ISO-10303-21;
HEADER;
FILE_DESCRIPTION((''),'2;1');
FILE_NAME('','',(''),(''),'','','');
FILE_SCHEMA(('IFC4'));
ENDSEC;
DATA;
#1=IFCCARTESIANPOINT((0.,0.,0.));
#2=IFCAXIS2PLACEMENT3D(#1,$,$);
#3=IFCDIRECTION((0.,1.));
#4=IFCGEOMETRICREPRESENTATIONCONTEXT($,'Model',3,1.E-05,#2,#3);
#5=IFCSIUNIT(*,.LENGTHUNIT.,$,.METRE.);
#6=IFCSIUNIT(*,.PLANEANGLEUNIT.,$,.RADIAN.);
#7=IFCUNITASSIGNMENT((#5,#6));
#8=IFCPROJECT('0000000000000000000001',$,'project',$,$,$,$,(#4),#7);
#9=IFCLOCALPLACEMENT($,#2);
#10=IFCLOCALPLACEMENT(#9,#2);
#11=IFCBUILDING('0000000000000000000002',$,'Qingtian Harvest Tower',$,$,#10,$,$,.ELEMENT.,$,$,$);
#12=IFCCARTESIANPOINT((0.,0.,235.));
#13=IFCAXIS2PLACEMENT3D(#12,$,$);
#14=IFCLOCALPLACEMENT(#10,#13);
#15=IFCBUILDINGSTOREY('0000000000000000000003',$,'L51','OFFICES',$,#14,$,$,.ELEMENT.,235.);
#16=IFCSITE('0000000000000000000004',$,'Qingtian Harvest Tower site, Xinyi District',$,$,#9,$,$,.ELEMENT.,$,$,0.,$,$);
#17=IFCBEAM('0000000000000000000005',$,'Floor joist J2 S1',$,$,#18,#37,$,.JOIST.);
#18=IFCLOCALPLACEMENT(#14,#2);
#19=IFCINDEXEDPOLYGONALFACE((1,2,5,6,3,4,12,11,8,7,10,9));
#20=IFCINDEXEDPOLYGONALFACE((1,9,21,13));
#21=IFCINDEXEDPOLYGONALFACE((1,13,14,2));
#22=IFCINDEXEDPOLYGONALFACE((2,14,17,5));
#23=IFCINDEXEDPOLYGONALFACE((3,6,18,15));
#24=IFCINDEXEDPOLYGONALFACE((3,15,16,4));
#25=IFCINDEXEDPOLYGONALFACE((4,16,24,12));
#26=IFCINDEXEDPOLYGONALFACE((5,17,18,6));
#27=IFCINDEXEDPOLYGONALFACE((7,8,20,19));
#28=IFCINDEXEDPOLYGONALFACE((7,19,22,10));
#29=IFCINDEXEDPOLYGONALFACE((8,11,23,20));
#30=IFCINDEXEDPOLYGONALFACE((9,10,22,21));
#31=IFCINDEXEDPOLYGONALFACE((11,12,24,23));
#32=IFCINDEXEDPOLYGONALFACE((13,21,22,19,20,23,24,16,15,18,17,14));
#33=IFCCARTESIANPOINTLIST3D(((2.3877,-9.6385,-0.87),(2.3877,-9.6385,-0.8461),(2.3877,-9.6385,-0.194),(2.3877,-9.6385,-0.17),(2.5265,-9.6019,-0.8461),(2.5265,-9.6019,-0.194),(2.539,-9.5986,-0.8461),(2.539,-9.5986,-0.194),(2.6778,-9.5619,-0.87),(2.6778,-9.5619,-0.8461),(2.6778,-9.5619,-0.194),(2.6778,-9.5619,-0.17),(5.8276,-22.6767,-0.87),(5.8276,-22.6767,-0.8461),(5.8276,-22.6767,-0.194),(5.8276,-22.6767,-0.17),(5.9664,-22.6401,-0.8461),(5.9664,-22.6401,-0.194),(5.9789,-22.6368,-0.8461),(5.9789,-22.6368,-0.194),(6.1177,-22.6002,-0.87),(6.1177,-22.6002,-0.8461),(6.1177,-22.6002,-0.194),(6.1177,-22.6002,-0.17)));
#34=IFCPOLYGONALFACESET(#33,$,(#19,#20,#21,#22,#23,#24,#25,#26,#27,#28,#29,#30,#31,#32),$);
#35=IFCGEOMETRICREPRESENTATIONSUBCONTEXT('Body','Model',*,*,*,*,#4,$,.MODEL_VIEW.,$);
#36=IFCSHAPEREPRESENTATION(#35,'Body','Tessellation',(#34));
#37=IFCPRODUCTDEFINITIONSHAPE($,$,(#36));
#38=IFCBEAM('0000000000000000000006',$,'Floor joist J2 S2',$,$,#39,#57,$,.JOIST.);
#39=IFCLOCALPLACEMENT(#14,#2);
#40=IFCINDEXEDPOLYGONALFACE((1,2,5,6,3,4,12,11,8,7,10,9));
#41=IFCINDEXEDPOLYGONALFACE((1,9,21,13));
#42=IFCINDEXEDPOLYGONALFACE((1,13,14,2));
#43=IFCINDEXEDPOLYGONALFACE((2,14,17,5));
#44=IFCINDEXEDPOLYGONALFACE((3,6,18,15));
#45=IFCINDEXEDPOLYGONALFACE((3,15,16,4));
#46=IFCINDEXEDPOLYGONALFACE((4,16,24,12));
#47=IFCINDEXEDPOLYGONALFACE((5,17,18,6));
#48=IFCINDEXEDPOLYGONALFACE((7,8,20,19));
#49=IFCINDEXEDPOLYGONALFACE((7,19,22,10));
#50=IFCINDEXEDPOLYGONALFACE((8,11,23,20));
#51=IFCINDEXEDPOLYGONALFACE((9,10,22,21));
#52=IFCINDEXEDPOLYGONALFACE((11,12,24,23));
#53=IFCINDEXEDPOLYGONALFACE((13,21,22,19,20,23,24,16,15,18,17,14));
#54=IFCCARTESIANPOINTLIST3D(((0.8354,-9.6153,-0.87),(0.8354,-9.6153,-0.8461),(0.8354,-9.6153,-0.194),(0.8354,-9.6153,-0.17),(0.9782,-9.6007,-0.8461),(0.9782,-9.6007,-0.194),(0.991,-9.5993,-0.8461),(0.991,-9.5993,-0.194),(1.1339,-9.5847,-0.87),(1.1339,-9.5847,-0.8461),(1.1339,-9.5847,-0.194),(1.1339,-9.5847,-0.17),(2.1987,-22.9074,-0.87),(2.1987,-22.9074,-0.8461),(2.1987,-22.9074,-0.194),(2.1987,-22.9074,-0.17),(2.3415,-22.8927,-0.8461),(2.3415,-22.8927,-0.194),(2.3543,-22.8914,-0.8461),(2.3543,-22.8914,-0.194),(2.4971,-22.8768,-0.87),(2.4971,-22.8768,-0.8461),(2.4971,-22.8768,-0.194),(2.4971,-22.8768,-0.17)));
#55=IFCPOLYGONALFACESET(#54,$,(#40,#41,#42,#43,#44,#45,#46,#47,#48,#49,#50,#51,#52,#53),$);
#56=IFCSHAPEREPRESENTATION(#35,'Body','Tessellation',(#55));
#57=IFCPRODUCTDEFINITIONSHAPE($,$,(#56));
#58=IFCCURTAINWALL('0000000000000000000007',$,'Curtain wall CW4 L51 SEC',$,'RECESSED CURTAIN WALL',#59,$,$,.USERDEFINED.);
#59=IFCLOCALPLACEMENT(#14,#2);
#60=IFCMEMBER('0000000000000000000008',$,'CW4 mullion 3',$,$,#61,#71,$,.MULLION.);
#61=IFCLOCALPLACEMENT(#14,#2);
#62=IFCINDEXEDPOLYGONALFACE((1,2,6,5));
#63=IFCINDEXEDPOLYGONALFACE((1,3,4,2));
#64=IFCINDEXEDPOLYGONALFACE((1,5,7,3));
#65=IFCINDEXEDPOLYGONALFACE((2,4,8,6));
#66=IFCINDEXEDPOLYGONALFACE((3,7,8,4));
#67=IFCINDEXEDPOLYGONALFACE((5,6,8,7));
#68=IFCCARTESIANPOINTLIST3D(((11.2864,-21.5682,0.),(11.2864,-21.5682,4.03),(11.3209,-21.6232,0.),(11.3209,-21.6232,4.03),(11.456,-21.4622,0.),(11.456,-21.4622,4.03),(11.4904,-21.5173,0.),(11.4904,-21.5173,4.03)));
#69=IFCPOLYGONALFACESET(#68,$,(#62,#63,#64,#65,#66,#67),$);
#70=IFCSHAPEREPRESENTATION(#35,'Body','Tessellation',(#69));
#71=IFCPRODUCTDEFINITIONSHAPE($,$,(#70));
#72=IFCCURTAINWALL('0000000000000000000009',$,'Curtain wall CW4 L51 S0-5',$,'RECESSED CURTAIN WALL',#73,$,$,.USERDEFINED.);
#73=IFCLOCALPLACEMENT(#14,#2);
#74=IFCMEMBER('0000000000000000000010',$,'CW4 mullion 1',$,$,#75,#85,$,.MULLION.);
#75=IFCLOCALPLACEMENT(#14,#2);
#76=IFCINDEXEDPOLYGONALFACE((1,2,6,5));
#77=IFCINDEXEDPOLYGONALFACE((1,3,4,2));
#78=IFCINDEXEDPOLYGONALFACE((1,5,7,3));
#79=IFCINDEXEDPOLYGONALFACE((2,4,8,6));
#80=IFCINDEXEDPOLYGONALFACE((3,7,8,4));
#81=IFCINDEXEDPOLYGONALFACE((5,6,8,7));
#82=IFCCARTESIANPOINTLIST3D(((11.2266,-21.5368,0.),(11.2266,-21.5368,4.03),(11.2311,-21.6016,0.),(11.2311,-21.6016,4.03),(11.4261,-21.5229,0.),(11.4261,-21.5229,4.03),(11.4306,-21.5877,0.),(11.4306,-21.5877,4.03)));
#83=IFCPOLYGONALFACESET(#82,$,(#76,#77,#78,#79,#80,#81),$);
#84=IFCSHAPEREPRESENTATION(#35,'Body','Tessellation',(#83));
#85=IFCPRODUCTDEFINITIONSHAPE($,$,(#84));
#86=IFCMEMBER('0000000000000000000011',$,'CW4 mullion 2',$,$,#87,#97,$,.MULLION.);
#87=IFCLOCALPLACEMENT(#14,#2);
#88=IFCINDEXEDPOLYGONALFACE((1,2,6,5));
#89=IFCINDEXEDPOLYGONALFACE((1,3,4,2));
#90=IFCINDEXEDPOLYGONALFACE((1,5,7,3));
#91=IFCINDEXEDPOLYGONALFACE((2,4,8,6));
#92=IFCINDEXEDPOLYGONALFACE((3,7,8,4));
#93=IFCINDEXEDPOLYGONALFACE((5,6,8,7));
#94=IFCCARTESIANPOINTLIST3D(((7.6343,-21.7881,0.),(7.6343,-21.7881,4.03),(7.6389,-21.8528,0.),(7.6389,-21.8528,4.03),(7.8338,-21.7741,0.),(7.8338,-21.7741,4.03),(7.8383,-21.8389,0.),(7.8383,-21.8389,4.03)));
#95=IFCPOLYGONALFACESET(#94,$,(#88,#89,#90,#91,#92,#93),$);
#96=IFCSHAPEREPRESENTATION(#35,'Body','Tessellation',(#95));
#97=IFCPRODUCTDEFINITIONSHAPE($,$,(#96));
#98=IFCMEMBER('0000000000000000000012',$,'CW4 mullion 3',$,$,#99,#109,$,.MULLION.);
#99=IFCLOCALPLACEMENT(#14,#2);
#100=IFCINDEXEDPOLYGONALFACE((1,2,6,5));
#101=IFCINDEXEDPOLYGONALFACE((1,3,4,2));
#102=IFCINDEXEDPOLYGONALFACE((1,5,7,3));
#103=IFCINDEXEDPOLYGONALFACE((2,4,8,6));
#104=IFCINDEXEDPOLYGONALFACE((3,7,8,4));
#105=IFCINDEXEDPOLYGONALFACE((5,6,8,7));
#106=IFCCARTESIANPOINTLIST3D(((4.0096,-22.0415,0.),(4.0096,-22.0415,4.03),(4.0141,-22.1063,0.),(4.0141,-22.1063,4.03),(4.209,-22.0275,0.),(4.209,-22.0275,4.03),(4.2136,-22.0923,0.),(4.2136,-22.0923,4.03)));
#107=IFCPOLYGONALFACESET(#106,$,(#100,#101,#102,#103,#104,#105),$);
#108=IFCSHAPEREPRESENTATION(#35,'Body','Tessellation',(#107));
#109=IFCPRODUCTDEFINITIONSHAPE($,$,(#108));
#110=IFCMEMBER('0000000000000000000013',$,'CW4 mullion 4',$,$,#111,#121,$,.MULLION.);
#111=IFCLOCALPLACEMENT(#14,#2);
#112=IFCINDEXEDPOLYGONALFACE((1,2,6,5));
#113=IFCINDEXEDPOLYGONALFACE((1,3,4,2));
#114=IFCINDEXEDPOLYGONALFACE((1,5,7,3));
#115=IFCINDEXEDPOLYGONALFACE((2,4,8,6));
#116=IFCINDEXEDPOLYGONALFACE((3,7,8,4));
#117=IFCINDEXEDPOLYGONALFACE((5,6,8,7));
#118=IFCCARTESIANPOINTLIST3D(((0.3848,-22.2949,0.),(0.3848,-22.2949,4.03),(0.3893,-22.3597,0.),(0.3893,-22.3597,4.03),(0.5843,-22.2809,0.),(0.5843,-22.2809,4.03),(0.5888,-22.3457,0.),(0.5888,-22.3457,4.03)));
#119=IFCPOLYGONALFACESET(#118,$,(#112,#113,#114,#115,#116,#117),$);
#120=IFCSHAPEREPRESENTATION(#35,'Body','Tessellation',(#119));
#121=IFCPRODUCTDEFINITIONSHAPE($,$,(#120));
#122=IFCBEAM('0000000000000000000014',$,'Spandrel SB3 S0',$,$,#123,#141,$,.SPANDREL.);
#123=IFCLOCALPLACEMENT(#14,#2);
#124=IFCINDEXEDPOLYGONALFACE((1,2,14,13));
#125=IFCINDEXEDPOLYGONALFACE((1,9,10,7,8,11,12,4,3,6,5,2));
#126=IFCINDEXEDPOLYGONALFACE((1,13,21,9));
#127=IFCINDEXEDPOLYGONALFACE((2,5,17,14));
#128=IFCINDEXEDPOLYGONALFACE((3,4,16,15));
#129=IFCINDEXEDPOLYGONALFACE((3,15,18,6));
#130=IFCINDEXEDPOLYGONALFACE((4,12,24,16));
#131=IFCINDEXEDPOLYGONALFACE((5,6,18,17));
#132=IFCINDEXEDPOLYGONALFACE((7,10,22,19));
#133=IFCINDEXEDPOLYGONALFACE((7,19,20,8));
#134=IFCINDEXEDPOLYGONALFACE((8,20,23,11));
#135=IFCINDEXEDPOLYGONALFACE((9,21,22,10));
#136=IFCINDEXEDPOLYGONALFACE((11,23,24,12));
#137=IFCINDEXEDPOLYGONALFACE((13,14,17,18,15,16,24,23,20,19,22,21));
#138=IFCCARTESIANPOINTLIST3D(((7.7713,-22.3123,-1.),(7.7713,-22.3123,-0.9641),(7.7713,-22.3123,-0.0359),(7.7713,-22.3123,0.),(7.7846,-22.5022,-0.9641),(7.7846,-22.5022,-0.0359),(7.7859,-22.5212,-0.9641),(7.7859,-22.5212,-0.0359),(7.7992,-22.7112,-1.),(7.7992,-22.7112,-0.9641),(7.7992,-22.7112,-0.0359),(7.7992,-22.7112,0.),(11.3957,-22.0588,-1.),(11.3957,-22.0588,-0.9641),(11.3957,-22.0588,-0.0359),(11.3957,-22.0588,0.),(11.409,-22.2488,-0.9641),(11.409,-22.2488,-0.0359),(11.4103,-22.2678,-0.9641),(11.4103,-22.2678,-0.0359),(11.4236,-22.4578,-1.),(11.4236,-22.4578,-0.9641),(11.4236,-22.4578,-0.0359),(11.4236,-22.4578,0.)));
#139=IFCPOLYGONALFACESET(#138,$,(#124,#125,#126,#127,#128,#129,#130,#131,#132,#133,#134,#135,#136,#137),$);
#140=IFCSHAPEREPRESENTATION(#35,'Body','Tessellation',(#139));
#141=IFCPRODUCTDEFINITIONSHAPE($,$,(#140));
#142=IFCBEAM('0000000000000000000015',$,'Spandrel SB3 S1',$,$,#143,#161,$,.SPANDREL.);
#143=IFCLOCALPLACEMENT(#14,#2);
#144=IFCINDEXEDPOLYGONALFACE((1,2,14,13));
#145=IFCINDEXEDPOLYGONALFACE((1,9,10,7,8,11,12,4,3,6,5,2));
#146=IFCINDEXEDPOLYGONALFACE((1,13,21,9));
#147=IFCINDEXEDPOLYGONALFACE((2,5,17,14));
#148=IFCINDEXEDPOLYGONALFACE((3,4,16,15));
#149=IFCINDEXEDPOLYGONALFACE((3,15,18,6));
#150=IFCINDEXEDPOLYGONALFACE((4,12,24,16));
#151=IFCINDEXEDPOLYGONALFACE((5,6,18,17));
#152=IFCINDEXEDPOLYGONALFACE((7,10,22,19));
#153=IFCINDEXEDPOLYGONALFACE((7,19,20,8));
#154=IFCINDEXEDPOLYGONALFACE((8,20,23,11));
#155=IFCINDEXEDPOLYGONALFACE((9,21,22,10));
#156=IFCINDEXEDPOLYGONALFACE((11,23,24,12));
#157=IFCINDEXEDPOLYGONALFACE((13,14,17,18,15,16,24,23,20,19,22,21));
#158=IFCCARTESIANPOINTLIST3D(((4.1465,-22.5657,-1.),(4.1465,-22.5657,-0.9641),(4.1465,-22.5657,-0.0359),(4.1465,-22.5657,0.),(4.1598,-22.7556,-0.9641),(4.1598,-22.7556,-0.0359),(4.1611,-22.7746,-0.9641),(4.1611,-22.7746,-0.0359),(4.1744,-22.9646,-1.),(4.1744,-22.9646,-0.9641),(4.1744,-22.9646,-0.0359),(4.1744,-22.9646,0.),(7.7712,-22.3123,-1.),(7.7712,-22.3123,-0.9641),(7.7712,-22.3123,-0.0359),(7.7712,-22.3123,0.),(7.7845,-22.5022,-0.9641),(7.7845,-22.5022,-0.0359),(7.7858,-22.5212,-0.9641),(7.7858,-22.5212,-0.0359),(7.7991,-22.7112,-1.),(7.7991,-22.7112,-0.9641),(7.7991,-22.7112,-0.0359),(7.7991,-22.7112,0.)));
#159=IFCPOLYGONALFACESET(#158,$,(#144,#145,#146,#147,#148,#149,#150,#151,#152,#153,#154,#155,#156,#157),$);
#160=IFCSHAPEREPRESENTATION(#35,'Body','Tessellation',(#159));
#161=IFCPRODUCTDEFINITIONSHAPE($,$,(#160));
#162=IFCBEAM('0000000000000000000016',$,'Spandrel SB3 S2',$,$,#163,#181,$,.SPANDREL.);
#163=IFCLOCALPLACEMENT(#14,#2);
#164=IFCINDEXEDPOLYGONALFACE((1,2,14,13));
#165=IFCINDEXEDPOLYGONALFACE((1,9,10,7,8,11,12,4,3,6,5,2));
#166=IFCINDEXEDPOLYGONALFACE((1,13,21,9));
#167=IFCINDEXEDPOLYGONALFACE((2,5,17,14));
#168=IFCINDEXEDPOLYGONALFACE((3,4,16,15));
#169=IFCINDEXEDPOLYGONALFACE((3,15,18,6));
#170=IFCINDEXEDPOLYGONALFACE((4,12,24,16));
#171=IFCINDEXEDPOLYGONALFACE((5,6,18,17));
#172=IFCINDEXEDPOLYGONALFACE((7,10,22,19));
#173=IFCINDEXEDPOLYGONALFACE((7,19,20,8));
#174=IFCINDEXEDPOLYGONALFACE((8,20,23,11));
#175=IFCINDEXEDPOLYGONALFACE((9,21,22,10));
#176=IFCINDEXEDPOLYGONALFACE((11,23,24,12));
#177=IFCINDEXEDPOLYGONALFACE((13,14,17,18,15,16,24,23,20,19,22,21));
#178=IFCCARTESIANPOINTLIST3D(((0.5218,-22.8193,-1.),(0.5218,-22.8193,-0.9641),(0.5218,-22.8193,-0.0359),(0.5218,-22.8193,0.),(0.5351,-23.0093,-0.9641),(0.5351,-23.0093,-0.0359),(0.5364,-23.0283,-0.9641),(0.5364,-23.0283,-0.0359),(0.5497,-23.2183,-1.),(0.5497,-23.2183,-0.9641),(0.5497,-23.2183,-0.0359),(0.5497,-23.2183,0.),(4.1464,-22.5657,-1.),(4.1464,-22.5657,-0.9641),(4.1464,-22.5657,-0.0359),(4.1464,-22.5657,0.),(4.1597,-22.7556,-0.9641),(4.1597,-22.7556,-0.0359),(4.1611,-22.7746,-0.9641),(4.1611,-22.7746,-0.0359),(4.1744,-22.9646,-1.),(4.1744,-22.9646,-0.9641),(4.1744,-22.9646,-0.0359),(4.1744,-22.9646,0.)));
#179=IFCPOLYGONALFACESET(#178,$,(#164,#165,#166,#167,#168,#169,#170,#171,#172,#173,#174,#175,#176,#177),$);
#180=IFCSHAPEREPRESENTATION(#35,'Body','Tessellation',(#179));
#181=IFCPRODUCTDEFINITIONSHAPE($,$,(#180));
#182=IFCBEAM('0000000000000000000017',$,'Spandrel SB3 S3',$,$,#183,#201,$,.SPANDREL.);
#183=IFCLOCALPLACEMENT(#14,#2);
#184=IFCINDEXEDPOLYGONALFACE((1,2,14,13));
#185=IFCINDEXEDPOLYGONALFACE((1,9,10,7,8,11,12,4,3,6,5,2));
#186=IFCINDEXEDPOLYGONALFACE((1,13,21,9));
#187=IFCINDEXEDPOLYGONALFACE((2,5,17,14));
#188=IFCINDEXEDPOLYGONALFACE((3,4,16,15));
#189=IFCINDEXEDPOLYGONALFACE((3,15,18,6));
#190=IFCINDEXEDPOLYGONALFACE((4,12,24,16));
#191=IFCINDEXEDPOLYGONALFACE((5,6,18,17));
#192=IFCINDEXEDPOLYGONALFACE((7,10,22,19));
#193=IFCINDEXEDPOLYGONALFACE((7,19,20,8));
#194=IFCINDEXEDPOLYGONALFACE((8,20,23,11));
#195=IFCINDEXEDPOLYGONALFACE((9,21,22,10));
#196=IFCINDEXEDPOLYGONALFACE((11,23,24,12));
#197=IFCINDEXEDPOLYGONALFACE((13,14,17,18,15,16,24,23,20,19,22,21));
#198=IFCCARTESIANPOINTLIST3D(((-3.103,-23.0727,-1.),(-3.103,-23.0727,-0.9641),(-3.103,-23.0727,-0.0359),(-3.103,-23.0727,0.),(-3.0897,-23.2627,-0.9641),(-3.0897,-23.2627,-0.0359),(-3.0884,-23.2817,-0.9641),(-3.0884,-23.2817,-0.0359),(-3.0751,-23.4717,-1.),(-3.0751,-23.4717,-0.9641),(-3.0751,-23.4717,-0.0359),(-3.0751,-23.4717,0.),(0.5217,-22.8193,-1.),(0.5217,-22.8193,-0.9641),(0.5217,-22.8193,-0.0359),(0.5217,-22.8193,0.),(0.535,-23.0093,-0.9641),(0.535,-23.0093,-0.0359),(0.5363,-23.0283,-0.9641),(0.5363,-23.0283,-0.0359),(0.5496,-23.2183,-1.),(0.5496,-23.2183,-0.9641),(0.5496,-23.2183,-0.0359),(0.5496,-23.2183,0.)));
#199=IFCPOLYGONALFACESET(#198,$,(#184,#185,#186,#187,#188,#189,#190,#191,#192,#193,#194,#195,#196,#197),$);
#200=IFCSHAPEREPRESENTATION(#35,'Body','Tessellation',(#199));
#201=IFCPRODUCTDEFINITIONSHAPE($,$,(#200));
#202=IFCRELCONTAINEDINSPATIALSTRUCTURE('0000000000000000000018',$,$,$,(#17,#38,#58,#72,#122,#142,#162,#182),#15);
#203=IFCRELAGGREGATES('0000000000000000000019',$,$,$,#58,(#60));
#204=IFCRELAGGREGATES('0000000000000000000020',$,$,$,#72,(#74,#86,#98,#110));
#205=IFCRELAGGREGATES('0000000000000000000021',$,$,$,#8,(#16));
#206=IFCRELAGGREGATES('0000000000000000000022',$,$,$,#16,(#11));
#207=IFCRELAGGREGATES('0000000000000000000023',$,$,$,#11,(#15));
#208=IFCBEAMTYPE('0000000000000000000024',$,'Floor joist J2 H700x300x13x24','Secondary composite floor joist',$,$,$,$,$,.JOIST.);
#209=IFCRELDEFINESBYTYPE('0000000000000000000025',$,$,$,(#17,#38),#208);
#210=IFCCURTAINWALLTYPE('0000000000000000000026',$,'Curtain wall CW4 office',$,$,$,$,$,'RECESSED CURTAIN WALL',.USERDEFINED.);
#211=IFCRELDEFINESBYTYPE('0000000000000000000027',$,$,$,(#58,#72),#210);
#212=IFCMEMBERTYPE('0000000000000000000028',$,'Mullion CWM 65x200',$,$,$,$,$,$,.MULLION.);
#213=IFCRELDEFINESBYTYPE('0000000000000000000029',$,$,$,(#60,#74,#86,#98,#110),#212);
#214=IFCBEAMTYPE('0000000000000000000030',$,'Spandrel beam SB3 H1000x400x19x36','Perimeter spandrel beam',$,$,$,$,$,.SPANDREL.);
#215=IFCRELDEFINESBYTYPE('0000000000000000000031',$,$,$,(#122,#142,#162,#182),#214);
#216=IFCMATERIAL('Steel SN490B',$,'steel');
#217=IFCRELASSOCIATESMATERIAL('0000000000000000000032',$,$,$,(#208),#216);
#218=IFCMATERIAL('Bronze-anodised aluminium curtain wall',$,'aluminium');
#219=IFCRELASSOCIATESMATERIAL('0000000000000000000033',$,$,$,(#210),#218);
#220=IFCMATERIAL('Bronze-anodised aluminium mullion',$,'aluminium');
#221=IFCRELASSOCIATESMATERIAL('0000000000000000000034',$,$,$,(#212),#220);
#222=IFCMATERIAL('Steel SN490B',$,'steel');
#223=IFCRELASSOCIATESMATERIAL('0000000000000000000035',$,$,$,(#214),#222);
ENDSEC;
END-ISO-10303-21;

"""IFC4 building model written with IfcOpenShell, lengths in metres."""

from ifc_helpers import new_model, si_unit, direction, frame, origin, origin_2d, place, context, subcontext, project, spatial, rectangle, i_section, extrude, material, material_profile, profile_set, type_object, element, aggregate, save


model = new_model("IFC4")

# Units and contexts
model_context = context("Model", 3, precision=1e-05, world=origin(), true_north=direction((0.0, 1.0)))
body_context = subcontext(model_context, "Body", "Model", "MODEL_VIEW")
ifc_project = project(units=[si_unit("LENGTHUNIT", "METRE"), si_unit("PLANEANGLEUNIT", "RADIAN")], contexts=[model_context])

# Site, building, storey
site_placement = place(None, origin())
site = spatial("IfcSite", under=ifc_project, at=site_placement, Name="Qingtian Harvest Tower site, Xinyi District", CompositionType="ELEMENT", RefElevation=0.0)
building_placement = place(site_placement, origin())
building = spatial("IfcBuilding", under=site, at=building_placement, Name="Qingtian Harvest Tower", CompositionType="ELEMENT")
storey_placement = place(building_placement, frame((0.0, 0.0, 235.0)))
storey = spatial("IfcBuildingStorey", under=building, at=storey_placement, Name="L51", Description="OFFICES", CompositionType="ELEMENT", Elevation=235.0)

# Beams
ifc_material_1 = material(Name="Steel SN490B", Category="steel")
ifc_material_profile_1 = material_profile(ifc_material_1, i_section(OverallWidth=0.3, OverallDepth=0.7, WebThickness=0.0129, FlangeThickness=0.0239, at=origin_2d()), Name="H700x300x13x24")
ifc_profile_set_1 = profile_set([ifc_material_profile_1], Name="Steel SN490B")
beam_type_1 = type_object("IfcBeamType", Name="Floor joist J2 H700x300x13x24", Description="Secondary composite floor joist", PredefinedType="JOIST", material=ifc_profile_set_1)
beam_1_placement = place(storey_placement, frame((5.9727, -22.6384, -0.52), z_axis=(-0.255104, 0.966914, 0.0), x_axis=(-0.966914, -0.255104, 0.0)))
element("IfcBeam", 1, at=beam_1_placement, inside=storey, type_object=beam_type_1, Name="Floor joist J2 S1", PredefinedType="JOIST", context=body_context, shape_type="SweptSolid", body=[
    extrude(i_section(OverallWidth=0.3, OverallDepth=0.7, WebThickness=0.0129, FlangeThickness=0.0239, at=origin_2d()), origin(), (0.0, 0.0, 1.0), 13.4844),
])
beam_2_placement = place(storey_placement, frame((2.3479, -22.8921, -0.52), z_axis=(-0.102029, 0.994781, 0.0), x_axis=(-0.994781, -0.102029, 0.0)))
element("IfcBeam", 2, at=beam_2_placement, inside=storey, type_object=beam_type_1, Name="Floor joist J2 S2", PredefinedType="JOIST", context=body_context, shape_type="SweptSolid", body=[
    extrude(i_section(OverallWidth=0.3, OverallDepth=0.7, WebThickness=0.0129, FlangeThickness=0.0239, at=origin_2d()), origin(), (0.0, 0.0, 1.0), 13.3618),
])

# Curtain wall, member
ifc_material_2 = material(Name="Bronze-anodised aluminium curtain wall", Category="aluminium")
curtain_wall_type = type_object("IfcCurtainWallType", Name="Curtain wall CW4 office", ElementType="RECESSED CURTAIN WALL", PredefinedType="USERDEFINED", material=ifc_material_2)
curtain_wall_1_placement = place(storey_placement, origin())
curtain_wall_1 = element("IfcCurtainWall", 3, at=curtain_wall_1_placement, inside=storey, type_object=curtain_wall_type, Name="Curtain wall CW4 L51 SEC", ObjectType="RECESSED CURTAIN WALL", PredefinedType="USERDEFINED")
ifc_material_3 = material(Name="Bronze-anodised aluminium mullion", Category="aluminium")
ifc_material_profile_2 = material_profile(ifc_material_3, rectangle(XDim=0.0649, YDim=0.2, at=origin_2d()), Name="AL 65x200")
ifc_profile_set_2 = profile_set([ifc_material_profile_2], Name="Bronze-anodised aluminium mullion")
member_type_1 = type_object("IfcMemberType", Name="Mullion CWM 65x200", PredefinedType="MULLION", material=ifc_profile_set_2)
member_1_placement = place(storey_placement, frame((11.3884, -21.5427, 0.0), z_axis=(0.0, 0.0, 1.0), x_axis=(0.529919, -0.848048, 0.0)))
member_1 = element("IfcMember", 4, at=member_1_placement, type_object=member_type_1, Name="CW4 mullion 3", PredefinedType="MULLION", context=body_context, shape_type="SweptSolid", body=[
    extrude(rectangle(XDim=0.0649, YDim=0.2, at=origin_2d()), origin(), (0.0, 0.0, 1.0), 4.03),
])

# Curtain wall, members
curtain_wall_2_placement = place(storey_placement, origin())
curtain_wall_2 = element("IfcCurtainWall", 5, at=curtain_wall_2_placement, inside=storey, type_object=curtain_wall_type, Name="Curtain wall CW4 L51 S0-5", ObjectType="RECESSED CURTAIN WALL", PredefinedType="USERDEFINED")
member_2_placement = place(storey_placement, frame((11.3286, -21.5623, 0.0), z_axis=(0.0, 0.0, 1.0), x_axis=(0.069756, -0.997564, 0.0)))
member_2 = element("IfcMember", 6, at=member_2_placement, type_object=member_type_1, Name="CW4 mullion 1", PredefinedType="MULLION", context=body_context, shape_type="SweptSolid", body=[
    extrude(rectangle(XDim=0.0649, YDim=0.2, at=origin_2d()), origin(), (0.0, 0.0, 1.0), 4.03),
])
member_3_placement = place(storey_placement, frame((7.7363, -21.8135, 0.0), z_axis=(0.0, 0.0, 1.0), x_axis=(0.069756, -0.997564, 0.0)))
member_3 = element("IfcMember", 7, at=member_3_placement, type_object=member_type_1, Name="CW4 mullion 2", PredefinedType="MULLION", context=body_context, shape_type="SweptSolid", body=[
    extrude(rectangle(XDim=0.0649, YDim=0.2, at=origin_2d()), origin(), (0.0, 0.0, 1.0), 4.03),
])
member_4_placement = place(storey_placement, frame((4.1116, -22.0669, 0.0), z_axis=(0.0, 0.0, 1.0), x_axis=(0.069756, -0.997564, 0.0)))
member_4 = element("IfcMember", 8, at=member_4_placement, type_object=member_type_1, Name="CW4 mullion 3", PredefinedType="MULLION", context=body_context, shape_type="SweptSolid", body=[
    extrude(rectangle(XDim=0.0649, YDim=0.2, at=origin_2d()), origin(), (0.0, 0.0, 1.0), 4.03),
])
member_5_placement = place(storey_placement, frame((0.4868, -22.3203, 0.0), z_axis=(0.0, 0.0, 1.0), x_axis=(0.069756, -0.997564, 0.0)))
member_5 = element("IfcMember", 9, at=member_5_placement, type_object=member_type_1, Name="CW4 mullion 4", PredefinedType="MULLION", context=body_context, shape_type="SweptSolid", body=[
    extrude(rectangle(XDim=0.0649, YDim=0.2, at=origin_2d()), origin(), (0.0, 0.0, 1.0), 4.03),
])

# Beams
ifc_material_4 = material(Name="Steel SN490B", Category="steel")
ifc_material_profile_3 = material_profile(ifc_material_4, i_section(OverallWidth=0.3999, OverallDepth=1.0, WebThickness=0.019, FlangeThickness=0.0359, at=origin_2d()), Name="H1000x400x19x36")
ifc_profile_set_3 = profile_set([ifc_material_profile_3], Name="Steel SN490B")
beam_type_2 = type_object("IfcBeamType", Name="Spandrel beam SB3 H1000x400x19x36", Description="Perimeter spandrel beam", PredefinedType="SPANDREL", material=ifc_profile_set_3)
beam_3_placement = place(storey_placement, frame((11.4097, -22.2583, -0.5), z_axis=(-0.997565, -0.069748, 0.0), x_axis=(0.069748, -0.997565, 0.0)))
element("IfcBeam", 10, at=beam_3_placement, inside=storey, type_object=beam_type_2, Name="Spandrel SB3 S0", PredefinedType="SPANDREL", context=body_context, shape_type="SweptSolid", body=[
    extrude(i_section(OverallWidth=0.3999, OverallDepth=1.0, WebThickness=0.019, FlangeThickness=0.0359, at=origin_2d()), origin(), (0.0, 0.0, 1.0), 3.6333),
])
for number, where, z_axis, x_axis, name in (
    (11, (7.7852, -22.5117, -0.5), (-0.997565, -0.069743, 0.0), (0.069743, -0.997565, 0.0), "Spandrel SB3 S1"),
    (12, (4.1604, -22.7651, -0.5), (-0.99756, -0.06981, 0.0), (0.06981, -0.99756, 0.0), "Spandrel SB3 S2"),
    (13, (0.5356, -23.0188, -0.5), (-0.997565, -0.069743, 0.0), (0.069743, -0.997565, 0.0), "Spandrel SB3 S3"),
):
    element("IfcBeam", number, at=place(storey_placement, frame(where, z_axis=z_axis, x_axis=x_axis)), inside=storey, type_object=beam_type_2, Name=name, PredefinedType="SPANDREL", context=body_context, shape_type="SweptSolid", body=[
        extrude(i_section(OverallWidth=0.3999, OverallDepth=1.0, WebThickness=0.019, FlangeThickness=0.0359, at=origin_2d()), origin(), (0.0, 0.0, 1.0), 3.6335),
    ])

aggregate(curtain_wall_1, [member_1])
aggregate(curtain_wall_2, [member_2, member_3, member_4, member_5])

save(model, "model.ifc")
